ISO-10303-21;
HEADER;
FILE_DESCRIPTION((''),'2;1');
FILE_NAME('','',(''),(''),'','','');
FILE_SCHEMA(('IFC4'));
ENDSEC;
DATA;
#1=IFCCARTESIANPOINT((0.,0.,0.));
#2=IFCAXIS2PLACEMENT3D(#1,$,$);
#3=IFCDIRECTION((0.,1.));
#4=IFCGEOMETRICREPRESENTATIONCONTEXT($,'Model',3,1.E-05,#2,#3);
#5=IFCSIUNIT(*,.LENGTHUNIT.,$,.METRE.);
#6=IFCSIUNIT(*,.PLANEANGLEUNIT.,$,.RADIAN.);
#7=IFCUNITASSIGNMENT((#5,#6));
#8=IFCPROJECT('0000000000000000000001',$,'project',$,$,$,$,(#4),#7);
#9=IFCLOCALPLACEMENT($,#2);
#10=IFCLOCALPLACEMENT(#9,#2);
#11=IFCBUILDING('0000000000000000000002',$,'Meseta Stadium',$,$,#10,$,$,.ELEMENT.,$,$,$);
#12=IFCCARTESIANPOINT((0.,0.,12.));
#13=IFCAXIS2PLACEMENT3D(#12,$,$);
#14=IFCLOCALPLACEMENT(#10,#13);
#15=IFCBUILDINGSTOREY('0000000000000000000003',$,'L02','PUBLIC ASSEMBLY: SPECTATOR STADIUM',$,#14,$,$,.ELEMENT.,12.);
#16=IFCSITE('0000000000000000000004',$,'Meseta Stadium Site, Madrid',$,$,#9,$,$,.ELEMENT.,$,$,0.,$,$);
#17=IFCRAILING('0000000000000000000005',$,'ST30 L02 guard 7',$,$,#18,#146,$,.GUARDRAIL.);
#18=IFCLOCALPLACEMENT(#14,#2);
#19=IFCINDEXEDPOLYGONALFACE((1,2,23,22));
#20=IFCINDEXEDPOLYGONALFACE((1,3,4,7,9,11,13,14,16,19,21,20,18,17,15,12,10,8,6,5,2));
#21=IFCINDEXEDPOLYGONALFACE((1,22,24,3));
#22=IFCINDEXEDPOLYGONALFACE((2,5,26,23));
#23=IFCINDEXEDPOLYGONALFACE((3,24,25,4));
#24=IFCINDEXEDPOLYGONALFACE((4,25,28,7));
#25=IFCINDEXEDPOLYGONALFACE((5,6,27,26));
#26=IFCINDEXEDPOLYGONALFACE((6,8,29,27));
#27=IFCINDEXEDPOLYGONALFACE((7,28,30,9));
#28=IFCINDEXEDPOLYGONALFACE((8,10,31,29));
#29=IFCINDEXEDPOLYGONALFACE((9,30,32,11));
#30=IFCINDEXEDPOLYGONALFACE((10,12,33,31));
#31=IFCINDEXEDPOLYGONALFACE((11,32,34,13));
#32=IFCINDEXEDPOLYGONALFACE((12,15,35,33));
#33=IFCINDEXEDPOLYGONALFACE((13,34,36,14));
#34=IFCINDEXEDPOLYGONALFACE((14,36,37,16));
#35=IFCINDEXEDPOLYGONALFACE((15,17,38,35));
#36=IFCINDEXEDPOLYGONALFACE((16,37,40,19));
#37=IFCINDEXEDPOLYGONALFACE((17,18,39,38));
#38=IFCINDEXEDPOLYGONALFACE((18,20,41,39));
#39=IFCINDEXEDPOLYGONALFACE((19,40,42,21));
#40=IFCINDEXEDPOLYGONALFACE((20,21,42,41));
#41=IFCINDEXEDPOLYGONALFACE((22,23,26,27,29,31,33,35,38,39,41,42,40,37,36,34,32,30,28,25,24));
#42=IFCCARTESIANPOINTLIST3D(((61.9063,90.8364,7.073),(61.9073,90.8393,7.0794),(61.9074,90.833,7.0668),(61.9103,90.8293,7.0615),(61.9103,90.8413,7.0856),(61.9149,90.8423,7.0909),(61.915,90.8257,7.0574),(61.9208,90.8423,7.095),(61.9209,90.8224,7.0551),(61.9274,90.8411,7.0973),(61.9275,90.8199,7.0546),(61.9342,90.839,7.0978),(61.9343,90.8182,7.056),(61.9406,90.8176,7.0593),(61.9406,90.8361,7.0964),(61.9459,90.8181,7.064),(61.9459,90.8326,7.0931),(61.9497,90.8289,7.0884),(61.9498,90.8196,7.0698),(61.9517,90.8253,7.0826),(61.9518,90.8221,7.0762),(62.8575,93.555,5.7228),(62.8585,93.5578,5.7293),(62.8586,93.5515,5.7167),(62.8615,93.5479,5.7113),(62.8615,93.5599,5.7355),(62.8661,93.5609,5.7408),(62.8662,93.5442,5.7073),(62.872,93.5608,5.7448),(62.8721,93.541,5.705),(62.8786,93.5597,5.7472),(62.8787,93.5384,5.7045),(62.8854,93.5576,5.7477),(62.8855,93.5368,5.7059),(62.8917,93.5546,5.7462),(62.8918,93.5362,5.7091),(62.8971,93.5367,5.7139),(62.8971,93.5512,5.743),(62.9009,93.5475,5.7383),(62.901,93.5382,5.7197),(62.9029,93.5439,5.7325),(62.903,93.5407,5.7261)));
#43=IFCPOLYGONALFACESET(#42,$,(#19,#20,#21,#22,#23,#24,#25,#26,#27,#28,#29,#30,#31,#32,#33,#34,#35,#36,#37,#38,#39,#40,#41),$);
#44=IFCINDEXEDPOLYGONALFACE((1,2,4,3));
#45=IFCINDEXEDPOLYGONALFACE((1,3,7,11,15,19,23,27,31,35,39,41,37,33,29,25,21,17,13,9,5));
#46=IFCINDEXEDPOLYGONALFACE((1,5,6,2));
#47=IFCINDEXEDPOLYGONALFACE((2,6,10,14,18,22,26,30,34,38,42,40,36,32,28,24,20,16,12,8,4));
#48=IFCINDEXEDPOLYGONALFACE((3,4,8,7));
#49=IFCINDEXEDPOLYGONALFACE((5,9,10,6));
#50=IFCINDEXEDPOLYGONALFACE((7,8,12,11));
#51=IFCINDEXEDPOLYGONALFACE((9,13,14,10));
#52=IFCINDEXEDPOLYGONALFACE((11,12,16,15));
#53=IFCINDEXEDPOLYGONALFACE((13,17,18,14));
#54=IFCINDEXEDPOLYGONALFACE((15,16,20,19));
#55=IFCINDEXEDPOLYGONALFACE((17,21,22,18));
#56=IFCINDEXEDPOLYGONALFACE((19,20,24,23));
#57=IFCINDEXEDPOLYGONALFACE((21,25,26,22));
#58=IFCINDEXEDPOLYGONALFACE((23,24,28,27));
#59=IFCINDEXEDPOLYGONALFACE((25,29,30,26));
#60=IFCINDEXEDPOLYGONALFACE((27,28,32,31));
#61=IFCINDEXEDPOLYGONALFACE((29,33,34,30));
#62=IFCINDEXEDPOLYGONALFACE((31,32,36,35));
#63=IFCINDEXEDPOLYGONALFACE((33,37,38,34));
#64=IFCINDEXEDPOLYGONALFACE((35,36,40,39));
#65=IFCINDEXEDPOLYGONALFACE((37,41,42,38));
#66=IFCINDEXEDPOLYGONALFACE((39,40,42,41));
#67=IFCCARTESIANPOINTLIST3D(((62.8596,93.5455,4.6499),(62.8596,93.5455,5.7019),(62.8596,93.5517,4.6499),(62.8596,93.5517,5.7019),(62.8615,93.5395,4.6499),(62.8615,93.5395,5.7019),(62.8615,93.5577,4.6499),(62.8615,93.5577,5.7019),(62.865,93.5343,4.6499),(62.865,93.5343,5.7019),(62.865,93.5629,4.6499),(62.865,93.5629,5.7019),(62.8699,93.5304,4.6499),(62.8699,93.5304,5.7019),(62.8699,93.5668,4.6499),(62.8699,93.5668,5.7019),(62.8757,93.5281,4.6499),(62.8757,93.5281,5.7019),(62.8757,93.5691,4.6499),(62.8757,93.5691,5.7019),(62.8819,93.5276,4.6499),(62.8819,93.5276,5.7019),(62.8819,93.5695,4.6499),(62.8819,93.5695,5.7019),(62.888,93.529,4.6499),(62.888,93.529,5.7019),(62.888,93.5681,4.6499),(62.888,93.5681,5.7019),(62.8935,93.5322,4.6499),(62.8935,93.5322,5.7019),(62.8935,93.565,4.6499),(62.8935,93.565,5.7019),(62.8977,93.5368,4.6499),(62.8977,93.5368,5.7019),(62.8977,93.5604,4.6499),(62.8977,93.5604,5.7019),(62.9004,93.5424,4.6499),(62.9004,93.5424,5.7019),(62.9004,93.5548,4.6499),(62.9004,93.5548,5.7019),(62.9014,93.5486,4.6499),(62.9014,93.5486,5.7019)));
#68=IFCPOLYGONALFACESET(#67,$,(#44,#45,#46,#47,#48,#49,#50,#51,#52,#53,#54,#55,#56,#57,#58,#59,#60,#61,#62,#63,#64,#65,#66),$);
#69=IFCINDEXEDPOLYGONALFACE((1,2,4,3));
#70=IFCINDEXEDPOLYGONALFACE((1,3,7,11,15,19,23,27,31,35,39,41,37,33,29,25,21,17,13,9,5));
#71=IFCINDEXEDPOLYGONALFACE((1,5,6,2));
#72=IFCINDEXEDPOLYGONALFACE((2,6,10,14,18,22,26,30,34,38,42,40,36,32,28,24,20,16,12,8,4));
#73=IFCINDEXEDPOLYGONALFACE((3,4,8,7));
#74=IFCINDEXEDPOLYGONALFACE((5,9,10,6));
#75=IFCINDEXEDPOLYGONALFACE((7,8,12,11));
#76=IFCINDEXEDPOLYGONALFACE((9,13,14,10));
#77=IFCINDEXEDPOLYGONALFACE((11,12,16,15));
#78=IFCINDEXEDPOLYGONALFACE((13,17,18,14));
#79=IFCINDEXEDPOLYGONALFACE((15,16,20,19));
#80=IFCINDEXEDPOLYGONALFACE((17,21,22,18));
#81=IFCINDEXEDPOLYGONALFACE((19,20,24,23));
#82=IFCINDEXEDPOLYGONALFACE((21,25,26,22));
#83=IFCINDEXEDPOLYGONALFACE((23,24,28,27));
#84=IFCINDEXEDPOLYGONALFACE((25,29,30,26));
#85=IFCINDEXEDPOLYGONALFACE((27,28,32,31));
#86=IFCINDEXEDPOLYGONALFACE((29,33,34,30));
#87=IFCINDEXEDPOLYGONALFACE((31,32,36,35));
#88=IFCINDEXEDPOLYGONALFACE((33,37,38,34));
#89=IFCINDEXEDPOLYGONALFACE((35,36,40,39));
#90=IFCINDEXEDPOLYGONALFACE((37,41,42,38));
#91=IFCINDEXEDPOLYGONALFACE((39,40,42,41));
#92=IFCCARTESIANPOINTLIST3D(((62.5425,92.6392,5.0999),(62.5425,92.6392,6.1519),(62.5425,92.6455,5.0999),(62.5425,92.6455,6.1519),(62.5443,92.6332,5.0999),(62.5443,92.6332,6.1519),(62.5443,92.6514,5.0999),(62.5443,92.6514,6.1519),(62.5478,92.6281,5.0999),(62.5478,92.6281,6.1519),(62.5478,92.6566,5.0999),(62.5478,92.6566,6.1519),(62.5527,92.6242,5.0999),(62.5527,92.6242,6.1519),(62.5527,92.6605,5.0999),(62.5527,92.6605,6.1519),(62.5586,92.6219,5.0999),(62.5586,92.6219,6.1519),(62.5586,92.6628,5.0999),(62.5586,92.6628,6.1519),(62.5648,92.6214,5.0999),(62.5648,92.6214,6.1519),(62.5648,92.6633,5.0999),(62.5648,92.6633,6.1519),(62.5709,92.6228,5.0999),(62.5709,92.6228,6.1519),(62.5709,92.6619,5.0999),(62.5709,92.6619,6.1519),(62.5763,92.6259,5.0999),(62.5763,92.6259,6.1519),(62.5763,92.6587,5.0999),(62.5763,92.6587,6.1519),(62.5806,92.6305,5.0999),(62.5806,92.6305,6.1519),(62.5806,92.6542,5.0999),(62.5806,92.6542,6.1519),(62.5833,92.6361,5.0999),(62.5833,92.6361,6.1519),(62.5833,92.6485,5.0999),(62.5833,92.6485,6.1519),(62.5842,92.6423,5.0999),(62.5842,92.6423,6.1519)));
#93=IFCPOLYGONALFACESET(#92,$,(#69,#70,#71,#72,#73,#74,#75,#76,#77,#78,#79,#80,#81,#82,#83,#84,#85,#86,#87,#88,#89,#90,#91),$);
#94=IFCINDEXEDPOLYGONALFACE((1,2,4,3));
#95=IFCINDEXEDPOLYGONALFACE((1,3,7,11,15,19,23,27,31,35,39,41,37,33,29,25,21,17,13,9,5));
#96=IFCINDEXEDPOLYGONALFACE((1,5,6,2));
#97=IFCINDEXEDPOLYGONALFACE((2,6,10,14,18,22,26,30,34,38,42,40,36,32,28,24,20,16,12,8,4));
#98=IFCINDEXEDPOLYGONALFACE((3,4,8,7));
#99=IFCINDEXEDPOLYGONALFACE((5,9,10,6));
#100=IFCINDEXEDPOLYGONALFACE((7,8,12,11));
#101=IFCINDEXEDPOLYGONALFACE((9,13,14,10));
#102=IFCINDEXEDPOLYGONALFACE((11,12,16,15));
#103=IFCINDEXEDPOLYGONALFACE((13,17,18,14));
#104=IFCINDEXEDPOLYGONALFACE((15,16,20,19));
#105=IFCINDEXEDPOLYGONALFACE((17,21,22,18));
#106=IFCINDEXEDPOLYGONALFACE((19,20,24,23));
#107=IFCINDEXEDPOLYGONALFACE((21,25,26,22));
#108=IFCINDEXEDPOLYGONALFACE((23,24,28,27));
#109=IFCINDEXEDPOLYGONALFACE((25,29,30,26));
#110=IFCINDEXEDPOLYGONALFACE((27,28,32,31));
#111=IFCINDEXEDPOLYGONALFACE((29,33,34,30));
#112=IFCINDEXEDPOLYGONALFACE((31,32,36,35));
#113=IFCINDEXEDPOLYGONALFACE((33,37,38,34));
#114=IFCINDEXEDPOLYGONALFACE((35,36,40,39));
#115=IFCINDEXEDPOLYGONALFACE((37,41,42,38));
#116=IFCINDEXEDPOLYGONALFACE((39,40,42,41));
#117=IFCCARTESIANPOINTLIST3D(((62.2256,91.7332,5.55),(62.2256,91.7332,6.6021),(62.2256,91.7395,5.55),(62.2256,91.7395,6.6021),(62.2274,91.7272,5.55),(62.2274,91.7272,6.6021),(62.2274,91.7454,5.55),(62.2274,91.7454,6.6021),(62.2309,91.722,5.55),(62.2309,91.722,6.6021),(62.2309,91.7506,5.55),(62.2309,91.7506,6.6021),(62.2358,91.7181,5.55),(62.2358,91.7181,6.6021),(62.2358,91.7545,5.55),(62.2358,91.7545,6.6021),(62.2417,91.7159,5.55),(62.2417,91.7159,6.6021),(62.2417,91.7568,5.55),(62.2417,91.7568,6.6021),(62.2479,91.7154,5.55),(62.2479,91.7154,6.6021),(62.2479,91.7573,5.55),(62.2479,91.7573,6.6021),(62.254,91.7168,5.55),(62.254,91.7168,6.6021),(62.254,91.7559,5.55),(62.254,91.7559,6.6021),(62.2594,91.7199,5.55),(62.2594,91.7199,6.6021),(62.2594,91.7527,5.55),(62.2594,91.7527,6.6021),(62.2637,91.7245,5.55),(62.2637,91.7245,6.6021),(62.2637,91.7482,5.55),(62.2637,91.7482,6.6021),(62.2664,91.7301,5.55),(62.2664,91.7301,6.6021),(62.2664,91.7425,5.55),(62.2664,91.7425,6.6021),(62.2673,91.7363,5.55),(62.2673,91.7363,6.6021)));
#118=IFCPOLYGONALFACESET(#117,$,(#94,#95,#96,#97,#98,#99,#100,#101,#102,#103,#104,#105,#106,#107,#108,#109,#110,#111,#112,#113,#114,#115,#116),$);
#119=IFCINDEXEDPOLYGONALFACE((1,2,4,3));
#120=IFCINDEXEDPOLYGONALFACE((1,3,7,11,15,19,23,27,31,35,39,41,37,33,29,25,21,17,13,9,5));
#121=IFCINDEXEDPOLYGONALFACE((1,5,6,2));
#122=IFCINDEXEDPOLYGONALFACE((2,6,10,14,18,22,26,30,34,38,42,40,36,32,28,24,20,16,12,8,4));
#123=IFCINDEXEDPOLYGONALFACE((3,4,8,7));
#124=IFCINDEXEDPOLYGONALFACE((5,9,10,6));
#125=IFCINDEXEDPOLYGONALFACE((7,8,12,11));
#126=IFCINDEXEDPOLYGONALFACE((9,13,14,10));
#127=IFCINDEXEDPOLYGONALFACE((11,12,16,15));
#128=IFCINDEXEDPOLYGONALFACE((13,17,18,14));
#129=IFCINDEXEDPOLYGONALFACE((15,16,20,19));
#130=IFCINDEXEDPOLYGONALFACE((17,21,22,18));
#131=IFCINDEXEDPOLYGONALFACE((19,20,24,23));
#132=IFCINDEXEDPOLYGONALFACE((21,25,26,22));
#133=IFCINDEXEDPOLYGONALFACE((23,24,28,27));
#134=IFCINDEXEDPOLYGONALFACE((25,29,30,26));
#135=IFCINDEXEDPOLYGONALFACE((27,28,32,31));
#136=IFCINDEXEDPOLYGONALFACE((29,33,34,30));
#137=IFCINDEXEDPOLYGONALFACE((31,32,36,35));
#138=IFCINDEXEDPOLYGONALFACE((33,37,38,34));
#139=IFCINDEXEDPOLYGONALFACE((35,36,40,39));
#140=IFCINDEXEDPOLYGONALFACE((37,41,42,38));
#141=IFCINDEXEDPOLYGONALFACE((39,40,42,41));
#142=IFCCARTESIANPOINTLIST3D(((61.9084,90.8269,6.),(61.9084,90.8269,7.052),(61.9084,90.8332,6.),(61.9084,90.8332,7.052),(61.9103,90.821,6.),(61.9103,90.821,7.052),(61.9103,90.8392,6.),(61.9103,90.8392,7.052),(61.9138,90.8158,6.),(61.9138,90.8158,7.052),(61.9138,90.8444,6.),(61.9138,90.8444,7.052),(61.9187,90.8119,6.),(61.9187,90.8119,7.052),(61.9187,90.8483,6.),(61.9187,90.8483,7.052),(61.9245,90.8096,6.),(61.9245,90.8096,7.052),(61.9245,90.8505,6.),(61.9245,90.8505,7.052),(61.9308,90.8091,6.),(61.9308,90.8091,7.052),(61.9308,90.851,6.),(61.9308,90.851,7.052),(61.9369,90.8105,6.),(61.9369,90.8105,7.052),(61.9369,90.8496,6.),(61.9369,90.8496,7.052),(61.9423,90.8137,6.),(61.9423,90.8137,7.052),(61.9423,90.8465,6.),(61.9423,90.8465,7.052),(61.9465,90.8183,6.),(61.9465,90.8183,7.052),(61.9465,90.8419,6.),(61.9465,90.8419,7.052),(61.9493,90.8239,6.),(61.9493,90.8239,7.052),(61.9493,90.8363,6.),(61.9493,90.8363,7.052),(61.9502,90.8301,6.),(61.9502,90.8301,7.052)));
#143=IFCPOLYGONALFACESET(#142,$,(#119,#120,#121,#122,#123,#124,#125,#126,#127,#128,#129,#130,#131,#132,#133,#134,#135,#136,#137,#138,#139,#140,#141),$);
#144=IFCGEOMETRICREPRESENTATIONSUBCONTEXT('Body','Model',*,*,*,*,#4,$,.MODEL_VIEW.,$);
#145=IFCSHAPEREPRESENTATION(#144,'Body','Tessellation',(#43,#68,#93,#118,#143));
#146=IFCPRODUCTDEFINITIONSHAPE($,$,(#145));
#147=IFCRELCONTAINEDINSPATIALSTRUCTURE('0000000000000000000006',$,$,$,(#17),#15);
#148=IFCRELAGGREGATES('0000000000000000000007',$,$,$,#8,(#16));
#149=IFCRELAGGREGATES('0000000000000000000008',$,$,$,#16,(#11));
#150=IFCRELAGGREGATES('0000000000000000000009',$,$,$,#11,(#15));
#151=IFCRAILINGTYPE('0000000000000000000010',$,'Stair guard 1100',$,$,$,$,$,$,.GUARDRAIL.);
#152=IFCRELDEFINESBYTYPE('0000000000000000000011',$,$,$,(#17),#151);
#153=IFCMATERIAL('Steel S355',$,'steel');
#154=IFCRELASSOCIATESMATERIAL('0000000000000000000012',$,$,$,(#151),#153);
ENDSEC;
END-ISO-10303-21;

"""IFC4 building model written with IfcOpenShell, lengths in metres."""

from ifc_helpers import new_model, si_unit, direction, frame, origin, origin_2d, place, context, subcontext, project, spatial, circle, extrude, material, type_object, element, save


model = new_model("IFC4")

# Units and contexts
model_context = context("Model", 3, precision=1e-05, world=origin(), true_north=direction((0.0, 1.0)))
body_context = subcontext(model_context, "Body", "Model", "MODEL_VIEW")
ifc_project = project(units=[si_unit("LENGTHUNIT", "METRE"), si_unit("PLANEANGLEUNIT", "RADIAN")], contexts=[model_context])

# Site, building, storey
site_placement = place(None, origin())
site = spatial("IfcSite", under=ifc_project, at=site_placement, Name="Meseta Stadium Site, Madrid", CompositionType="ELEMENT", RefElevation=0.0)
building_placement = place(site_placement, origin())
building = spatial("IfcBuilding", under=site, at=building_placement, Name="Meseta Stadium", CompositionType="ELEMENT")
storey_placement = place(building_placement, frame((0.0, 0.0, 12.0)))
storey = spatial("IfcBuildingStorey", under=building, at=storey_placement, Name="L02", Description="PUBLIC ASSEMBLY: SPECTATOR STADIUM", CompositionType="ELEMENT", Elevation=12.0)

# Railing
ifc_material_1 = material(Name="Steel S355", Category="steel")
railing_type_1 = type_object("IfcRailingType", Name="Stair guard 1100", PredefinedType="GUARDRAIL", material=ifc_material_1)
railing_1_placement = place(storey_placement, frame((62.8804, 93.5486, 4.6499)))
element("IfcRailing", 1, at=railing_1_placement, inside=storey, type_object=railing_type_1, Name="ST30 L02 guard 7", PredefinedType="GUARDRAIL", context=body_context, shape_type="SweptSolid", body=[
    extrude(circle(Radius=0.0239, at=origin_2d()), frame((0.0, 0.0, 1.0762), z_axis=(-0.299031, -0.854649, 0.424446), x_axis=(0.943891, -0.330256, 0.0)), (0.0, 0.0, 1.0), 3.1809),
    extrude(circle(Radius=0.021, at=origin_2d()), origin(), (0.0, 0.0, 1.0), 1.052),
    extrude(circle(Radius=0.021, at=origin_2d()), frame((-0.3171, -0.9062, 0.45)), (0.0, 0.0, 1.0), 1.052),
    extrude(circle(Radius=0.021, at=origin_2d()), frame((-0.634, -1.8123, 0.9001)), (0.0, 0.0, 1.0), 1.052),
    extrude(circle(Radius=0.021, at=origin_2d()), frame((-0.9512, -2.7185, 1.3501)), (0.0, 0.0, 1.0), 1.052),
])

save(model, "model.ifc")
